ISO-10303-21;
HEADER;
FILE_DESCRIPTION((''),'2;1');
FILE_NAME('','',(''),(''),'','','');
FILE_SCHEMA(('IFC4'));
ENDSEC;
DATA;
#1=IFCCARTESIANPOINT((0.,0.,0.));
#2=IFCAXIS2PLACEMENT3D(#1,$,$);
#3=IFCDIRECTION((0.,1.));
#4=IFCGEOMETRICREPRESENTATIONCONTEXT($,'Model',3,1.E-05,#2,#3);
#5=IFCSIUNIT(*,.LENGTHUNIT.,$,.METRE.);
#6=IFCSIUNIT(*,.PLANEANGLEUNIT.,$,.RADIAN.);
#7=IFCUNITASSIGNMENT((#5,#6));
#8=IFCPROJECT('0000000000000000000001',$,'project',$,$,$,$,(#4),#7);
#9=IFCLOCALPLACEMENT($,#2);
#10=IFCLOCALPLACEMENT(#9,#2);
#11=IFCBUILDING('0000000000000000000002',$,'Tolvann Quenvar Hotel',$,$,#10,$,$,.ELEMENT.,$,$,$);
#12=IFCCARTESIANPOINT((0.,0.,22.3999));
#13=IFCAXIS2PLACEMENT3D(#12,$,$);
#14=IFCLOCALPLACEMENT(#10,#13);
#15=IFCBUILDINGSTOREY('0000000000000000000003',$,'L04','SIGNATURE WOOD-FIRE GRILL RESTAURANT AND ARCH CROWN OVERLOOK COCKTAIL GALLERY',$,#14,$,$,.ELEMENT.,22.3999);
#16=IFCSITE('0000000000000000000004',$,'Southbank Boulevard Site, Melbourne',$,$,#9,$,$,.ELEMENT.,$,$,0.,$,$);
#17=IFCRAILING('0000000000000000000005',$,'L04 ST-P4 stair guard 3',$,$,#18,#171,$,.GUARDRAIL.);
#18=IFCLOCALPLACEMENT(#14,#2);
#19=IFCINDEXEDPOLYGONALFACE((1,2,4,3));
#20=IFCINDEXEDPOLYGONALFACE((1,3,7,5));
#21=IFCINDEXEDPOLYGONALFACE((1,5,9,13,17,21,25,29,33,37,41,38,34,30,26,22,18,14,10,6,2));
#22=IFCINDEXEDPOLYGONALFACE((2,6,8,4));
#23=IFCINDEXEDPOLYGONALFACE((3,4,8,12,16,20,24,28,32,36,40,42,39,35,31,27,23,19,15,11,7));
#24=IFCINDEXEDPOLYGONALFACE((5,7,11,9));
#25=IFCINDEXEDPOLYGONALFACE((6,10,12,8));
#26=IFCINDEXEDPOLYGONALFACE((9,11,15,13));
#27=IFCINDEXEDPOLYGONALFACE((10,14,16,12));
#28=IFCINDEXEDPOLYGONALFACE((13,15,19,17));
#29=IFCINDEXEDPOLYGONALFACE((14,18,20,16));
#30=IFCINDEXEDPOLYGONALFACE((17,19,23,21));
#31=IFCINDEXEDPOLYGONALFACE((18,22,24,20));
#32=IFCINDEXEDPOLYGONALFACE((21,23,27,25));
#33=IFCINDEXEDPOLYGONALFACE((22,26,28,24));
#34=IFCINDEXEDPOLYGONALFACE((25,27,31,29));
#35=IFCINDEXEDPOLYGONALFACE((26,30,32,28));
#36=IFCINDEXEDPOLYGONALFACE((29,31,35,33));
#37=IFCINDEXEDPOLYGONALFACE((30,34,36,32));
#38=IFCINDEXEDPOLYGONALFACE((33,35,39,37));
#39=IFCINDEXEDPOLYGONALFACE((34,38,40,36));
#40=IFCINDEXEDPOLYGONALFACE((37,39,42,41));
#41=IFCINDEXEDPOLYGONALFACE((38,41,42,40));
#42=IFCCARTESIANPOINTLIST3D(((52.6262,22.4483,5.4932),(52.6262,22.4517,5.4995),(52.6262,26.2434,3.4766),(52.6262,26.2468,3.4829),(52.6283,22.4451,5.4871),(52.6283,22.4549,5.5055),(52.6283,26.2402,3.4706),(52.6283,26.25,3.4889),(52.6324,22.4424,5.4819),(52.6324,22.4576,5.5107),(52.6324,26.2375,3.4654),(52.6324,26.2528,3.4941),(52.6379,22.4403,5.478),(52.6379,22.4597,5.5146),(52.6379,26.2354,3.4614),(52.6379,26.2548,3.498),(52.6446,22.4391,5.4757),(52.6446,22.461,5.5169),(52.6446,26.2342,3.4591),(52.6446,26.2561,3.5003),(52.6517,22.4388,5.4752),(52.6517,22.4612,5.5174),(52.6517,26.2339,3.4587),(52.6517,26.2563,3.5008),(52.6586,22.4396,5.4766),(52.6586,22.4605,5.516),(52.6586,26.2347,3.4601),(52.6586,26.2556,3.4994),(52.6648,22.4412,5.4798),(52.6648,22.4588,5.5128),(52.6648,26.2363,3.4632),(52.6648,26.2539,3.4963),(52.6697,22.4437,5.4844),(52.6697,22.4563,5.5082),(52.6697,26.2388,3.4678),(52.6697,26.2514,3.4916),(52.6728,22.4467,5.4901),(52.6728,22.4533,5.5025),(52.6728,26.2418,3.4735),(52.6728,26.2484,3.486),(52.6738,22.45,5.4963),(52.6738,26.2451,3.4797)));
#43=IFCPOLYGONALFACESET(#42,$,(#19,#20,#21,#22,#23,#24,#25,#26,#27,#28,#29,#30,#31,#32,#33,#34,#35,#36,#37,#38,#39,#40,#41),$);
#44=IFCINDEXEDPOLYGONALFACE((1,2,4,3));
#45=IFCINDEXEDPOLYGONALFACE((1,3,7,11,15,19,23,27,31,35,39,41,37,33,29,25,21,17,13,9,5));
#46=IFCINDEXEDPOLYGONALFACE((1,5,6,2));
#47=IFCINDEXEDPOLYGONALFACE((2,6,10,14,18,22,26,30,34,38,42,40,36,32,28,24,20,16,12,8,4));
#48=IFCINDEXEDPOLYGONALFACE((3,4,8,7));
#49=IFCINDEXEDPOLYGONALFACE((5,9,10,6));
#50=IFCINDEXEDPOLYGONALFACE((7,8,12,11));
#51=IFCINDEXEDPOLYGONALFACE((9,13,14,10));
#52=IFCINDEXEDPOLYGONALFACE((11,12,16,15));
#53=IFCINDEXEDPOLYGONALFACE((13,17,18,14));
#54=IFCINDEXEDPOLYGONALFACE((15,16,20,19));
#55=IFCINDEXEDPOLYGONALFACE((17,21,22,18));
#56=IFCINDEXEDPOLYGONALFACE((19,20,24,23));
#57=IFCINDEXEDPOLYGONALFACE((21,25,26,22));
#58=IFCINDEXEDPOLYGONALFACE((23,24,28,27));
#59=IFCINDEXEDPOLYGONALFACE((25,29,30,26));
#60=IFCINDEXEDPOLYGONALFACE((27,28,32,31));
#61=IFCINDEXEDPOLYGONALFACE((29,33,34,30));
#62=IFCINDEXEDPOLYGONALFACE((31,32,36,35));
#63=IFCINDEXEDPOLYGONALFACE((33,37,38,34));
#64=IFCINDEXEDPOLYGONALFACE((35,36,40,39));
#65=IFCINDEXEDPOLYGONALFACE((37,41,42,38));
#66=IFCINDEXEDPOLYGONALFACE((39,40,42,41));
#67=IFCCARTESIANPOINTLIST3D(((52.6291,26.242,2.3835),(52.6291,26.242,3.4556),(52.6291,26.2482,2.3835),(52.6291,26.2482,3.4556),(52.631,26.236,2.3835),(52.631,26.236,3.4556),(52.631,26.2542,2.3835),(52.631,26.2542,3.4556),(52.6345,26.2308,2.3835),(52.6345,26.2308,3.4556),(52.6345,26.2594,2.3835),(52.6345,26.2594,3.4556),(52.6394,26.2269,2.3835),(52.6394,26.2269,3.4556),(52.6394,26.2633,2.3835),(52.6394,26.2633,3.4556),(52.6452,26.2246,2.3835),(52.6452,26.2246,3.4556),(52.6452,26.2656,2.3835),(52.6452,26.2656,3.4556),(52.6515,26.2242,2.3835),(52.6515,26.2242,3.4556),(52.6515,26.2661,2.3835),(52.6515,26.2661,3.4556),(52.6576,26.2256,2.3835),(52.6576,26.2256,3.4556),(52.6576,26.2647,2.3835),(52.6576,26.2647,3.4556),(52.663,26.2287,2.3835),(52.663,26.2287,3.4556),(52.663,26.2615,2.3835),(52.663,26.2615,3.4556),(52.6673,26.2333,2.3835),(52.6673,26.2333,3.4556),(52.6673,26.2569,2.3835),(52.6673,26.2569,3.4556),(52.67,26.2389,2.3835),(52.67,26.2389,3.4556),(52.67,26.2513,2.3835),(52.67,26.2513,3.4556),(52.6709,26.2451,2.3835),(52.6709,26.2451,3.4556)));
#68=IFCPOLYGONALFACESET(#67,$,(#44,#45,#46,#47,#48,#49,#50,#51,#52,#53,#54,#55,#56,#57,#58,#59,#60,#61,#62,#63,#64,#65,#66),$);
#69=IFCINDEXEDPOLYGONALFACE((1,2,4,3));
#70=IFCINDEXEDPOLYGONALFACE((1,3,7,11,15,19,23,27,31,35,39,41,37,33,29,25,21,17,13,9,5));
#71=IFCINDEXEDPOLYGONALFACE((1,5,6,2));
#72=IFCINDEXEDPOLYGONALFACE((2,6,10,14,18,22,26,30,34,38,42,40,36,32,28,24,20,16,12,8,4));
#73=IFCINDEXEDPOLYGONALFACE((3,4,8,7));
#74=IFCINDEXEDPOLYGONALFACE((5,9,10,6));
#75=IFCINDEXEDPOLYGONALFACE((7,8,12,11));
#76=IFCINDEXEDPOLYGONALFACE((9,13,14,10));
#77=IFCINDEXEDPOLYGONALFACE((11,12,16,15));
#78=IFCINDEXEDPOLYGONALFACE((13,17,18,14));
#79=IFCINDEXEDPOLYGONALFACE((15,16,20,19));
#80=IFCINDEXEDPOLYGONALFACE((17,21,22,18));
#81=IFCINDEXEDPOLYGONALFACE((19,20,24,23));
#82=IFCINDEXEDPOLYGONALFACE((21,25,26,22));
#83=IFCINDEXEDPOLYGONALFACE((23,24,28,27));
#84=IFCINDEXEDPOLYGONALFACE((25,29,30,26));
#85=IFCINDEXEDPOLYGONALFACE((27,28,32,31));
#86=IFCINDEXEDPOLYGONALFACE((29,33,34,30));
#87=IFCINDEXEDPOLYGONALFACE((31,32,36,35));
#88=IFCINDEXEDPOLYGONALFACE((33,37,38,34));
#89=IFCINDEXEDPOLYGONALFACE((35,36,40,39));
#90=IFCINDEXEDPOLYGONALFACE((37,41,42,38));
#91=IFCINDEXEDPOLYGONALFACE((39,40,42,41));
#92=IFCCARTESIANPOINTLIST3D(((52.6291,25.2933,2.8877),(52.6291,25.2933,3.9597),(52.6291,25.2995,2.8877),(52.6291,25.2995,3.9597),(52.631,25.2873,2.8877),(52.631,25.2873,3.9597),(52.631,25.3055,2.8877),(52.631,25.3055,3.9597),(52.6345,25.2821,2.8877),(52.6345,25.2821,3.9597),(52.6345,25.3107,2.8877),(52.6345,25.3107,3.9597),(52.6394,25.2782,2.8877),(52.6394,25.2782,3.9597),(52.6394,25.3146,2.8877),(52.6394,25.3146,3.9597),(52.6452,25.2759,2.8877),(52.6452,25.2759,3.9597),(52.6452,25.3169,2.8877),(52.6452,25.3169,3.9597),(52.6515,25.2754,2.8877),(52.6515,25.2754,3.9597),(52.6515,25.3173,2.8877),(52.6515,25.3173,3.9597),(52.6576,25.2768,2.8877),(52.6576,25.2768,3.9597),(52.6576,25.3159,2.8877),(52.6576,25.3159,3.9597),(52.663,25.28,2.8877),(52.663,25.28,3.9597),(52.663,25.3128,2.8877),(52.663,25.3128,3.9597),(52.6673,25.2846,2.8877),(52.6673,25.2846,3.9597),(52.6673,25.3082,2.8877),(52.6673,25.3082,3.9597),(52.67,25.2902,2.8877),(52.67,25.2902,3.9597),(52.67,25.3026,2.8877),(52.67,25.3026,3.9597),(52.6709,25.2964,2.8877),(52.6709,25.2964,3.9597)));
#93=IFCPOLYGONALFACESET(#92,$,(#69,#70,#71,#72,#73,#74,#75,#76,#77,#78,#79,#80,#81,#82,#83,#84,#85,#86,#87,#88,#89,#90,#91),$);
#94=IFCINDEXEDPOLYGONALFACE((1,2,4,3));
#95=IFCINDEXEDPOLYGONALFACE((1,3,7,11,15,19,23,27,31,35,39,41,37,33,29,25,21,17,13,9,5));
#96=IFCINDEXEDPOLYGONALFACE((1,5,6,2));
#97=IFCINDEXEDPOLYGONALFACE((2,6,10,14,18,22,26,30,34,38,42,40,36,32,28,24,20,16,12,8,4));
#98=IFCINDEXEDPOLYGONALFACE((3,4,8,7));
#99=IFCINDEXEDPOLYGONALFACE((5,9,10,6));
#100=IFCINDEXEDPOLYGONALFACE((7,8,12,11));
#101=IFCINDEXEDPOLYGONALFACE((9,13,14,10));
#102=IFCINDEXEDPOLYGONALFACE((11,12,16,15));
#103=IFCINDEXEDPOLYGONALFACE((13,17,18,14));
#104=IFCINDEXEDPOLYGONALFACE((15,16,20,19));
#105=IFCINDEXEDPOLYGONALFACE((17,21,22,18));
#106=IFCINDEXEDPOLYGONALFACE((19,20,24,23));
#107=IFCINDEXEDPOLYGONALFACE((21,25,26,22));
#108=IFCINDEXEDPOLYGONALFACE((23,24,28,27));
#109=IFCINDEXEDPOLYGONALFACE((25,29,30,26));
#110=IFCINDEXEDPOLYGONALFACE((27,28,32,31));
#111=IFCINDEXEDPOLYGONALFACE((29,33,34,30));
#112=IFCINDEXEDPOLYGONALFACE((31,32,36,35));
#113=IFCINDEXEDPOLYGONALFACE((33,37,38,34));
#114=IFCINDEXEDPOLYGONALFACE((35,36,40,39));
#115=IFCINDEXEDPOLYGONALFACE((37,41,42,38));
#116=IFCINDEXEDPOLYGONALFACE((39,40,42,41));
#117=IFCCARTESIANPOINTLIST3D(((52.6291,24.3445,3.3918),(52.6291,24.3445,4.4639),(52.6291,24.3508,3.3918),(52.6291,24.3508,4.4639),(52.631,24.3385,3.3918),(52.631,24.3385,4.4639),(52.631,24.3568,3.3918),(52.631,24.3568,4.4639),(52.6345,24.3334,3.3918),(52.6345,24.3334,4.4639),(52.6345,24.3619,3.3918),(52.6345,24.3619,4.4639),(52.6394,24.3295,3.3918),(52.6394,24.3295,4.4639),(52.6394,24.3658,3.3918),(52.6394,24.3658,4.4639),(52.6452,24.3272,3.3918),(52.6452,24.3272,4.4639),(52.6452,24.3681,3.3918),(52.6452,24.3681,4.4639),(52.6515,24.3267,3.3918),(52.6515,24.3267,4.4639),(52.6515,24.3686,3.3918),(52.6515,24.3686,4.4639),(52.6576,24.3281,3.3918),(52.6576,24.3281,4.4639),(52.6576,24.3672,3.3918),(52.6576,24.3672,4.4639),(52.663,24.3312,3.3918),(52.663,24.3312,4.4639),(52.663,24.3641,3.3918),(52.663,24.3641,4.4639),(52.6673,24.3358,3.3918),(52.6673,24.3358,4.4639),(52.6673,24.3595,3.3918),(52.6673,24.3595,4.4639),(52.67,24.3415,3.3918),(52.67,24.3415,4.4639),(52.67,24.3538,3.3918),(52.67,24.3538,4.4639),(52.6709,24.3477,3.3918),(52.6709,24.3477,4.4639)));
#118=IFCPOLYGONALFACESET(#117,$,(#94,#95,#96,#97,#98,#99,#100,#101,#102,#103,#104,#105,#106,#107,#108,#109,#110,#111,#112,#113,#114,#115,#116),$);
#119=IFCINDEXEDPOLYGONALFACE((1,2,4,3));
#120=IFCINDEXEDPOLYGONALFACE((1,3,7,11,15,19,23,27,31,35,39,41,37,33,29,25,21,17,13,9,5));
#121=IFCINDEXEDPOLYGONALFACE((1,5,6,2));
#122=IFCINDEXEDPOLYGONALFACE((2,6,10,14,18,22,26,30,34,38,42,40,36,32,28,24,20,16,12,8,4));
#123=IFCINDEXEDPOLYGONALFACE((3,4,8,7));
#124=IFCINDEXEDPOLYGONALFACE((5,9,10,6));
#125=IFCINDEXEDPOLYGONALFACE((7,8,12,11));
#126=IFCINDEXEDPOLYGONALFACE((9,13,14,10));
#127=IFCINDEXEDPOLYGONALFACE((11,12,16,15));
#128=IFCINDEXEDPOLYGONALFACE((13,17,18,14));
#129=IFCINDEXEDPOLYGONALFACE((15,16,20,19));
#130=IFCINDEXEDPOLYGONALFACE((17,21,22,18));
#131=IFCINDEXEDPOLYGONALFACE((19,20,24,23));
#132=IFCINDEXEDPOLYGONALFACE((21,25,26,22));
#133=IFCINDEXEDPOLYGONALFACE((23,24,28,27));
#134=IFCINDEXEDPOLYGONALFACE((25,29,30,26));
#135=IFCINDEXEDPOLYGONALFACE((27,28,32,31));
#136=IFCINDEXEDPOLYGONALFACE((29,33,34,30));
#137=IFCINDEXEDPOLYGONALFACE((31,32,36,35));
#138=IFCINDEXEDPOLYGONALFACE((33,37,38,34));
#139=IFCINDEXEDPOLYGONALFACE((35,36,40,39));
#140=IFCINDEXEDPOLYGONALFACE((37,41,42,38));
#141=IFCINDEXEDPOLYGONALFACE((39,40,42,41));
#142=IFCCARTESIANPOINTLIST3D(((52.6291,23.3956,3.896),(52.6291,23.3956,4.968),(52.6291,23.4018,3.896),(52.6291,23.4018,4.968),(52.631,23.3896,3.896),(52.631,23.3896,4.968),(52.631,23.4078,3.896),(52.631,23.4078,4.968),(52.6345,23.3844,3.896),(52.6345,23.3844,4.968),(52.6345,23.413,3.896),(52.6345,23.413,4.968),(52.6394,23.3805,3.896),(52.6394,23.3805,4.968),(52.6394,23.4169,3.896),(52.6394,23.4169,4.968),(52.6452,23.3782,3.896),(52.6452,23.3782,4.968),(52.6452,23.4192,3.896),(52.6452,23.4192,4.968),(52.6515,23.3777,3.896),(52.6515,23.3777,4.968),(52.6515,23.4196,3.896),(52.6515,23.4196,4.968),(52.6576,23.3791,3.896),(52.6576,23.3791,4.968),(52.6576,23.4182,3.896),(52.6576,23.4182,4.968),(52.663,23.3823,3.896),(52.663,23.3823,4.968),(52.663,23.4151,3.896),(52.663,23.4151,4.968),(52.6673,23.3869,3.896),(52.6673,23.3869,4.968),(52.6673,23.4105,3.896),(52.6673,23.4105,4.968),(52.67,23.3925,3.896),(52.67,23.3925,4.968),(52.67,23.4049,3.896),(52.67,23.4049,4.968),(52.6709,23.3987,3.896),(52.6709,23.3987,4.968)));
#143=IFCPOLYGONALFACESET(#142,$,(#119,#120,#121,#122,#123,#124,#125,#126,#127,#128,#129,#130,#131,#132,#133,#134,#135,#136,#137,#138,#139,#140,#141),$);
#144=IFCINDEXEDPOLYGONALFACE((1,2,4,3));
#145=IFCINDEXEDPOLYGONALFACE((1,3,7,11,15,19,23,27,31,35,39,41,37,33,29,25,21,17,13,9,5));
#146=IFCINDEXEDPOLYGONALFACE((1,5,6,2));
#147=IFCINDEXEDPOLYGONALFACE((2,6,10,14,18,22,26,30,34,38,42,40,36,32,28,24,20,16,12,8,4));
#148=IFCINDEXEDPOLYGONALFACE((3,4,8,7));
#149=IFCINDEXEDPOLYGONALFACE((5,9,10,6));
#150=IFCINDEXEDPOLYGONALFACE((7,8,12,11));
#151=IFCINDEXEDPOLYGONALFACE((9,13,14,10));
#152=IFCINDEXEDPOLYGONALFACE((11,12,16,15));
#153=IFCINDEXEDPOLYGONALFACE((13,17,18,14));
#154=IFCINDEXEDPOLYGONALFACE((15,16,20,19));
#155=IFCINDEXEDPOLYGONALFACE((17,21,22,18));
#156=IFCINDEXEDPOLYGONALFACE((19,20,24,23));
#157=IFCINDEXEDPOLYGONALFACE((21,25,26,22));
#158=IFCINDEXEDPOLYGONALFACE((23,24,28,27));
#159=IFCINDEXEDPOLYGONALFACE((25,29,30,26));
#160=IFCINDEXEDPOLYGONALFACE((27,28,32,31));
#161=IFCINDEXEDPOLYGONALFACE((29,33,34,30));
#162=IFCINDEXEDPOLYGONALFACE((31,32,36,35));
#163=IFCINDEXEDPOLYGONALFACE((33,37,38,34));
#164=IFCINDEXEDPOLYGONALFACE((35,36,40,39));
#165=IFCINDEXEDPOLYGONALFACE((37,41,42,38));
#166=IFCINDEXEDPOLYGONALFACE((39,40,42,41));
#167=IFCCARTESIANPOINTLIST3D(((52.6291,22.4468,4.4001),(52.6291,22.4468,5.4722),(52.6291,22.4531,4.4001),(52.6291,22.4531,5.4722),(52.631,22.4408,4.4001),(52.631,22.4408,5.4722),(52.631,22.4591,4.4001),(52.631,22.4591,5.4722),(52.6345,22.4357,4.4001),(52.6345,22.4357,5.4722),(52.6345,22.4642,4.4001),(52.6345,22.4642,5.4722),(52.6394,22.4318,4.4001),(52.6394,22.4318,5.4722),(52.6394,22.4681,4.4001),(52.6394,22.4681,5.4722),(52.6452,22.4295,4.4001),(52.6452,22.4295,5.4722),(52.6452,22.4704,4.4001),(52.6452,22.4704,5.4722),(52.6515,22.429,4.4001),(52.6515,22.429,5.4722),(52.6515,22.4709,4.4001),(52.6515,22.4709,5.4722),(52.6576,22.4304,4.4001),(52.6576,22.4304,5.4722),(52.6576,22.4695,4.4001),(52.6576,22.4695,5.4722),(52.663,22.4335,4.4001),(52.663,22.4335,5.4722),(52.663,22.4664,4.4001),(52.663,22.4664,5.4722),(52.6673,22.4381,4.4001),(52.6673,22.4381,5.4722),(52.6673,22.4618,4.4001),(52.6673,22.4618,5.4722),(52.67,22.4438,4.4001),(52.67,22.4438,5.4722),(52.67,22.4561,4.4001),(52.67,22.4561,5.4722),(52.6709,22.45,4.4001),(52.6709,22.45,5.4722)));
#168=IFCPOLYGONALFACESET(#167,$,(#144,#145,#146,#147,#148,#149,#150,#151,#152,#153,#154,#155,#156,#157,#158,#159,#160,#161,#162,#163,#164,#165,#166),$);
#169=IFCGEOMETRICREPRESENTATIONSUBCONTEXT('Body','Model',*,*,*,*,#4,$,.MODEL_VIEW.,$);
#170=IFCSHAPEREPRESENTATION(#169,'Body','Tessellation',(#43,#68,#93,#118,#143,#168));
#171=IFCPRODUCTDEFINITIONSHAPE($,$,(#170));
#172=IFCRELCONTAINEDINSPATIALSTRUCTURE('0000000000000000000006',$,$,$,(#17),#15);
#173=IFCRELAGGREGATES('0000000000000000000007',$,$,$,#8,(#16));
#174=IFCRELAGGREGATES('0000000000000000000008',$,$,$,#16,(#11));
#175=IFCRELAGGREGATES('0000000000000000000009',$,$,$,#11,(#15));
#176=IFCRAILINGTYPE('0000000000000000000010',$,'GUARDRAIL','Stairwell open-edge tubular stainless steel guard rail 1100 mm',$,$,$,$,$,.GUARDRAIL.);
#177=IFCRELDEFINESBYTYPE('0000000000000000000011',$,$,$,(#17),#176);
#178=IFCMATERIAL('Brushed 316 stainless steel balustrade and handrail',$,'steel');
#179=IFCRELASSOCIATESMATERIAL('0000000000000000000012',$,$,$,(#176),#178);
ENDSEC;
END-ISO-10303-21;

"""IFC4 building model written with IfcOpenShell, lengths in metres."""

from ifc_helpers import new_model, si_unit, direction, frame, origin, origin_2d, place, context, subcontext, project, spatial, circle, extrude, material, type_object, element, save


model = new_model("IFC4")

# Units and contexts
model_context = context("Model", 3, precision=1e-05, world=origin(), true_north=direction((0.0, 1.0)))
body_context = subcontext(model_context, "Body", "Model", "MODEL_VIEW")
ifc_project = project(units=[si_unit("LENGTHUNIT", "METRE"), si_unit("PLANEANGLEUNIT", "RADIAN")], contexts=[model_context])

# Site, building, storey
site_placement = place(None, origin())
site = spatial("IfcSite", under=ifc_project, at=site_placement, Name="Southbank Boulevard Site, Melbourne", CompositionType="ELEMENT", RefElevation=0.0)
building_placement = place(site_placement, origin())
building = spatial("IfcBuilding", under=site, at=building_placement, Name="Tolvann Quenvar Hotel", CompositionType="ELEMENT")
storey_placement = place(building_placement, frame((0.0, 0.0, 22.3999)))
storey = spatial("IfcBuildingStorey", under=building, at=storey_placement, Name="L04", Description="SIGNATURE WOOD-FIRE GRILL RESTAURANT AND ARCH CROWN OVERLOOK COCKTAIL GALLERY", CompositionType="ELEMENT", Elevation=22.3999)

# Railing
ifc_material_1 = material(Name="Brushed 316 stainless steel balustrade and handrail", Category="steel")
railing_type_1 = type_object("IfcRailingType", Name="GUARDRAIL", Description="Stairwell open-edge tubular stainless steel guard rail 1100 mm", PredefinedType="GUARDRAIL", material=ifc_material_1)
railing_1_placement = place(storey_placement, frame((52.6499, 26.2451, 2.3835)))
element("IfcRailing", 1, at=railing_1_placement, inside=storey, type_object=railing_type_1, Name="L04 ST-P4 stair guard 3", PredefinedType="GUARDRAIL", context=body_context, shape_type="SweptSolid", body=[
    extrude(circle(Radius=0.0239, at=origin_2d()), frame((0.0, 0.0, 1.0962), z_axis=(0.0, -0.883075, 0.469231), x_axis=(1.0, 0.0, 0.0)), (0.0, 0.0, 1.0), 4.2976),
    extrude(circle(Radius=0.021, at=origin_2d()), origin(), (0.0, 0.0, 1.0), 1.072),
    extrude(circle(Radius=0.021, at=origin_2d()), frame((0.0, -0.9487, 0.5042)), (0.0, 0.0, 1.0), 1.072),
    extrude(circle(Radius=0.021, at=origin_2d()), frame((0.0, -1.8975, 1.0083)), (0.0, 0.0, 1.0), 1.072),
    extrude(circle(Radius=0.021, at=origin_2d()), frame((0.0, -2.8464, 1.5125)), (0.0, 0.0, 1.0), 1.072),
    extrude(circle(Radius=0.021, at=origin_2d()), frame((0.0, -3.7952, 2.0166)), (0.0, 0.0, 1.0), 1.072),
])

save(model, "model.ifc")
